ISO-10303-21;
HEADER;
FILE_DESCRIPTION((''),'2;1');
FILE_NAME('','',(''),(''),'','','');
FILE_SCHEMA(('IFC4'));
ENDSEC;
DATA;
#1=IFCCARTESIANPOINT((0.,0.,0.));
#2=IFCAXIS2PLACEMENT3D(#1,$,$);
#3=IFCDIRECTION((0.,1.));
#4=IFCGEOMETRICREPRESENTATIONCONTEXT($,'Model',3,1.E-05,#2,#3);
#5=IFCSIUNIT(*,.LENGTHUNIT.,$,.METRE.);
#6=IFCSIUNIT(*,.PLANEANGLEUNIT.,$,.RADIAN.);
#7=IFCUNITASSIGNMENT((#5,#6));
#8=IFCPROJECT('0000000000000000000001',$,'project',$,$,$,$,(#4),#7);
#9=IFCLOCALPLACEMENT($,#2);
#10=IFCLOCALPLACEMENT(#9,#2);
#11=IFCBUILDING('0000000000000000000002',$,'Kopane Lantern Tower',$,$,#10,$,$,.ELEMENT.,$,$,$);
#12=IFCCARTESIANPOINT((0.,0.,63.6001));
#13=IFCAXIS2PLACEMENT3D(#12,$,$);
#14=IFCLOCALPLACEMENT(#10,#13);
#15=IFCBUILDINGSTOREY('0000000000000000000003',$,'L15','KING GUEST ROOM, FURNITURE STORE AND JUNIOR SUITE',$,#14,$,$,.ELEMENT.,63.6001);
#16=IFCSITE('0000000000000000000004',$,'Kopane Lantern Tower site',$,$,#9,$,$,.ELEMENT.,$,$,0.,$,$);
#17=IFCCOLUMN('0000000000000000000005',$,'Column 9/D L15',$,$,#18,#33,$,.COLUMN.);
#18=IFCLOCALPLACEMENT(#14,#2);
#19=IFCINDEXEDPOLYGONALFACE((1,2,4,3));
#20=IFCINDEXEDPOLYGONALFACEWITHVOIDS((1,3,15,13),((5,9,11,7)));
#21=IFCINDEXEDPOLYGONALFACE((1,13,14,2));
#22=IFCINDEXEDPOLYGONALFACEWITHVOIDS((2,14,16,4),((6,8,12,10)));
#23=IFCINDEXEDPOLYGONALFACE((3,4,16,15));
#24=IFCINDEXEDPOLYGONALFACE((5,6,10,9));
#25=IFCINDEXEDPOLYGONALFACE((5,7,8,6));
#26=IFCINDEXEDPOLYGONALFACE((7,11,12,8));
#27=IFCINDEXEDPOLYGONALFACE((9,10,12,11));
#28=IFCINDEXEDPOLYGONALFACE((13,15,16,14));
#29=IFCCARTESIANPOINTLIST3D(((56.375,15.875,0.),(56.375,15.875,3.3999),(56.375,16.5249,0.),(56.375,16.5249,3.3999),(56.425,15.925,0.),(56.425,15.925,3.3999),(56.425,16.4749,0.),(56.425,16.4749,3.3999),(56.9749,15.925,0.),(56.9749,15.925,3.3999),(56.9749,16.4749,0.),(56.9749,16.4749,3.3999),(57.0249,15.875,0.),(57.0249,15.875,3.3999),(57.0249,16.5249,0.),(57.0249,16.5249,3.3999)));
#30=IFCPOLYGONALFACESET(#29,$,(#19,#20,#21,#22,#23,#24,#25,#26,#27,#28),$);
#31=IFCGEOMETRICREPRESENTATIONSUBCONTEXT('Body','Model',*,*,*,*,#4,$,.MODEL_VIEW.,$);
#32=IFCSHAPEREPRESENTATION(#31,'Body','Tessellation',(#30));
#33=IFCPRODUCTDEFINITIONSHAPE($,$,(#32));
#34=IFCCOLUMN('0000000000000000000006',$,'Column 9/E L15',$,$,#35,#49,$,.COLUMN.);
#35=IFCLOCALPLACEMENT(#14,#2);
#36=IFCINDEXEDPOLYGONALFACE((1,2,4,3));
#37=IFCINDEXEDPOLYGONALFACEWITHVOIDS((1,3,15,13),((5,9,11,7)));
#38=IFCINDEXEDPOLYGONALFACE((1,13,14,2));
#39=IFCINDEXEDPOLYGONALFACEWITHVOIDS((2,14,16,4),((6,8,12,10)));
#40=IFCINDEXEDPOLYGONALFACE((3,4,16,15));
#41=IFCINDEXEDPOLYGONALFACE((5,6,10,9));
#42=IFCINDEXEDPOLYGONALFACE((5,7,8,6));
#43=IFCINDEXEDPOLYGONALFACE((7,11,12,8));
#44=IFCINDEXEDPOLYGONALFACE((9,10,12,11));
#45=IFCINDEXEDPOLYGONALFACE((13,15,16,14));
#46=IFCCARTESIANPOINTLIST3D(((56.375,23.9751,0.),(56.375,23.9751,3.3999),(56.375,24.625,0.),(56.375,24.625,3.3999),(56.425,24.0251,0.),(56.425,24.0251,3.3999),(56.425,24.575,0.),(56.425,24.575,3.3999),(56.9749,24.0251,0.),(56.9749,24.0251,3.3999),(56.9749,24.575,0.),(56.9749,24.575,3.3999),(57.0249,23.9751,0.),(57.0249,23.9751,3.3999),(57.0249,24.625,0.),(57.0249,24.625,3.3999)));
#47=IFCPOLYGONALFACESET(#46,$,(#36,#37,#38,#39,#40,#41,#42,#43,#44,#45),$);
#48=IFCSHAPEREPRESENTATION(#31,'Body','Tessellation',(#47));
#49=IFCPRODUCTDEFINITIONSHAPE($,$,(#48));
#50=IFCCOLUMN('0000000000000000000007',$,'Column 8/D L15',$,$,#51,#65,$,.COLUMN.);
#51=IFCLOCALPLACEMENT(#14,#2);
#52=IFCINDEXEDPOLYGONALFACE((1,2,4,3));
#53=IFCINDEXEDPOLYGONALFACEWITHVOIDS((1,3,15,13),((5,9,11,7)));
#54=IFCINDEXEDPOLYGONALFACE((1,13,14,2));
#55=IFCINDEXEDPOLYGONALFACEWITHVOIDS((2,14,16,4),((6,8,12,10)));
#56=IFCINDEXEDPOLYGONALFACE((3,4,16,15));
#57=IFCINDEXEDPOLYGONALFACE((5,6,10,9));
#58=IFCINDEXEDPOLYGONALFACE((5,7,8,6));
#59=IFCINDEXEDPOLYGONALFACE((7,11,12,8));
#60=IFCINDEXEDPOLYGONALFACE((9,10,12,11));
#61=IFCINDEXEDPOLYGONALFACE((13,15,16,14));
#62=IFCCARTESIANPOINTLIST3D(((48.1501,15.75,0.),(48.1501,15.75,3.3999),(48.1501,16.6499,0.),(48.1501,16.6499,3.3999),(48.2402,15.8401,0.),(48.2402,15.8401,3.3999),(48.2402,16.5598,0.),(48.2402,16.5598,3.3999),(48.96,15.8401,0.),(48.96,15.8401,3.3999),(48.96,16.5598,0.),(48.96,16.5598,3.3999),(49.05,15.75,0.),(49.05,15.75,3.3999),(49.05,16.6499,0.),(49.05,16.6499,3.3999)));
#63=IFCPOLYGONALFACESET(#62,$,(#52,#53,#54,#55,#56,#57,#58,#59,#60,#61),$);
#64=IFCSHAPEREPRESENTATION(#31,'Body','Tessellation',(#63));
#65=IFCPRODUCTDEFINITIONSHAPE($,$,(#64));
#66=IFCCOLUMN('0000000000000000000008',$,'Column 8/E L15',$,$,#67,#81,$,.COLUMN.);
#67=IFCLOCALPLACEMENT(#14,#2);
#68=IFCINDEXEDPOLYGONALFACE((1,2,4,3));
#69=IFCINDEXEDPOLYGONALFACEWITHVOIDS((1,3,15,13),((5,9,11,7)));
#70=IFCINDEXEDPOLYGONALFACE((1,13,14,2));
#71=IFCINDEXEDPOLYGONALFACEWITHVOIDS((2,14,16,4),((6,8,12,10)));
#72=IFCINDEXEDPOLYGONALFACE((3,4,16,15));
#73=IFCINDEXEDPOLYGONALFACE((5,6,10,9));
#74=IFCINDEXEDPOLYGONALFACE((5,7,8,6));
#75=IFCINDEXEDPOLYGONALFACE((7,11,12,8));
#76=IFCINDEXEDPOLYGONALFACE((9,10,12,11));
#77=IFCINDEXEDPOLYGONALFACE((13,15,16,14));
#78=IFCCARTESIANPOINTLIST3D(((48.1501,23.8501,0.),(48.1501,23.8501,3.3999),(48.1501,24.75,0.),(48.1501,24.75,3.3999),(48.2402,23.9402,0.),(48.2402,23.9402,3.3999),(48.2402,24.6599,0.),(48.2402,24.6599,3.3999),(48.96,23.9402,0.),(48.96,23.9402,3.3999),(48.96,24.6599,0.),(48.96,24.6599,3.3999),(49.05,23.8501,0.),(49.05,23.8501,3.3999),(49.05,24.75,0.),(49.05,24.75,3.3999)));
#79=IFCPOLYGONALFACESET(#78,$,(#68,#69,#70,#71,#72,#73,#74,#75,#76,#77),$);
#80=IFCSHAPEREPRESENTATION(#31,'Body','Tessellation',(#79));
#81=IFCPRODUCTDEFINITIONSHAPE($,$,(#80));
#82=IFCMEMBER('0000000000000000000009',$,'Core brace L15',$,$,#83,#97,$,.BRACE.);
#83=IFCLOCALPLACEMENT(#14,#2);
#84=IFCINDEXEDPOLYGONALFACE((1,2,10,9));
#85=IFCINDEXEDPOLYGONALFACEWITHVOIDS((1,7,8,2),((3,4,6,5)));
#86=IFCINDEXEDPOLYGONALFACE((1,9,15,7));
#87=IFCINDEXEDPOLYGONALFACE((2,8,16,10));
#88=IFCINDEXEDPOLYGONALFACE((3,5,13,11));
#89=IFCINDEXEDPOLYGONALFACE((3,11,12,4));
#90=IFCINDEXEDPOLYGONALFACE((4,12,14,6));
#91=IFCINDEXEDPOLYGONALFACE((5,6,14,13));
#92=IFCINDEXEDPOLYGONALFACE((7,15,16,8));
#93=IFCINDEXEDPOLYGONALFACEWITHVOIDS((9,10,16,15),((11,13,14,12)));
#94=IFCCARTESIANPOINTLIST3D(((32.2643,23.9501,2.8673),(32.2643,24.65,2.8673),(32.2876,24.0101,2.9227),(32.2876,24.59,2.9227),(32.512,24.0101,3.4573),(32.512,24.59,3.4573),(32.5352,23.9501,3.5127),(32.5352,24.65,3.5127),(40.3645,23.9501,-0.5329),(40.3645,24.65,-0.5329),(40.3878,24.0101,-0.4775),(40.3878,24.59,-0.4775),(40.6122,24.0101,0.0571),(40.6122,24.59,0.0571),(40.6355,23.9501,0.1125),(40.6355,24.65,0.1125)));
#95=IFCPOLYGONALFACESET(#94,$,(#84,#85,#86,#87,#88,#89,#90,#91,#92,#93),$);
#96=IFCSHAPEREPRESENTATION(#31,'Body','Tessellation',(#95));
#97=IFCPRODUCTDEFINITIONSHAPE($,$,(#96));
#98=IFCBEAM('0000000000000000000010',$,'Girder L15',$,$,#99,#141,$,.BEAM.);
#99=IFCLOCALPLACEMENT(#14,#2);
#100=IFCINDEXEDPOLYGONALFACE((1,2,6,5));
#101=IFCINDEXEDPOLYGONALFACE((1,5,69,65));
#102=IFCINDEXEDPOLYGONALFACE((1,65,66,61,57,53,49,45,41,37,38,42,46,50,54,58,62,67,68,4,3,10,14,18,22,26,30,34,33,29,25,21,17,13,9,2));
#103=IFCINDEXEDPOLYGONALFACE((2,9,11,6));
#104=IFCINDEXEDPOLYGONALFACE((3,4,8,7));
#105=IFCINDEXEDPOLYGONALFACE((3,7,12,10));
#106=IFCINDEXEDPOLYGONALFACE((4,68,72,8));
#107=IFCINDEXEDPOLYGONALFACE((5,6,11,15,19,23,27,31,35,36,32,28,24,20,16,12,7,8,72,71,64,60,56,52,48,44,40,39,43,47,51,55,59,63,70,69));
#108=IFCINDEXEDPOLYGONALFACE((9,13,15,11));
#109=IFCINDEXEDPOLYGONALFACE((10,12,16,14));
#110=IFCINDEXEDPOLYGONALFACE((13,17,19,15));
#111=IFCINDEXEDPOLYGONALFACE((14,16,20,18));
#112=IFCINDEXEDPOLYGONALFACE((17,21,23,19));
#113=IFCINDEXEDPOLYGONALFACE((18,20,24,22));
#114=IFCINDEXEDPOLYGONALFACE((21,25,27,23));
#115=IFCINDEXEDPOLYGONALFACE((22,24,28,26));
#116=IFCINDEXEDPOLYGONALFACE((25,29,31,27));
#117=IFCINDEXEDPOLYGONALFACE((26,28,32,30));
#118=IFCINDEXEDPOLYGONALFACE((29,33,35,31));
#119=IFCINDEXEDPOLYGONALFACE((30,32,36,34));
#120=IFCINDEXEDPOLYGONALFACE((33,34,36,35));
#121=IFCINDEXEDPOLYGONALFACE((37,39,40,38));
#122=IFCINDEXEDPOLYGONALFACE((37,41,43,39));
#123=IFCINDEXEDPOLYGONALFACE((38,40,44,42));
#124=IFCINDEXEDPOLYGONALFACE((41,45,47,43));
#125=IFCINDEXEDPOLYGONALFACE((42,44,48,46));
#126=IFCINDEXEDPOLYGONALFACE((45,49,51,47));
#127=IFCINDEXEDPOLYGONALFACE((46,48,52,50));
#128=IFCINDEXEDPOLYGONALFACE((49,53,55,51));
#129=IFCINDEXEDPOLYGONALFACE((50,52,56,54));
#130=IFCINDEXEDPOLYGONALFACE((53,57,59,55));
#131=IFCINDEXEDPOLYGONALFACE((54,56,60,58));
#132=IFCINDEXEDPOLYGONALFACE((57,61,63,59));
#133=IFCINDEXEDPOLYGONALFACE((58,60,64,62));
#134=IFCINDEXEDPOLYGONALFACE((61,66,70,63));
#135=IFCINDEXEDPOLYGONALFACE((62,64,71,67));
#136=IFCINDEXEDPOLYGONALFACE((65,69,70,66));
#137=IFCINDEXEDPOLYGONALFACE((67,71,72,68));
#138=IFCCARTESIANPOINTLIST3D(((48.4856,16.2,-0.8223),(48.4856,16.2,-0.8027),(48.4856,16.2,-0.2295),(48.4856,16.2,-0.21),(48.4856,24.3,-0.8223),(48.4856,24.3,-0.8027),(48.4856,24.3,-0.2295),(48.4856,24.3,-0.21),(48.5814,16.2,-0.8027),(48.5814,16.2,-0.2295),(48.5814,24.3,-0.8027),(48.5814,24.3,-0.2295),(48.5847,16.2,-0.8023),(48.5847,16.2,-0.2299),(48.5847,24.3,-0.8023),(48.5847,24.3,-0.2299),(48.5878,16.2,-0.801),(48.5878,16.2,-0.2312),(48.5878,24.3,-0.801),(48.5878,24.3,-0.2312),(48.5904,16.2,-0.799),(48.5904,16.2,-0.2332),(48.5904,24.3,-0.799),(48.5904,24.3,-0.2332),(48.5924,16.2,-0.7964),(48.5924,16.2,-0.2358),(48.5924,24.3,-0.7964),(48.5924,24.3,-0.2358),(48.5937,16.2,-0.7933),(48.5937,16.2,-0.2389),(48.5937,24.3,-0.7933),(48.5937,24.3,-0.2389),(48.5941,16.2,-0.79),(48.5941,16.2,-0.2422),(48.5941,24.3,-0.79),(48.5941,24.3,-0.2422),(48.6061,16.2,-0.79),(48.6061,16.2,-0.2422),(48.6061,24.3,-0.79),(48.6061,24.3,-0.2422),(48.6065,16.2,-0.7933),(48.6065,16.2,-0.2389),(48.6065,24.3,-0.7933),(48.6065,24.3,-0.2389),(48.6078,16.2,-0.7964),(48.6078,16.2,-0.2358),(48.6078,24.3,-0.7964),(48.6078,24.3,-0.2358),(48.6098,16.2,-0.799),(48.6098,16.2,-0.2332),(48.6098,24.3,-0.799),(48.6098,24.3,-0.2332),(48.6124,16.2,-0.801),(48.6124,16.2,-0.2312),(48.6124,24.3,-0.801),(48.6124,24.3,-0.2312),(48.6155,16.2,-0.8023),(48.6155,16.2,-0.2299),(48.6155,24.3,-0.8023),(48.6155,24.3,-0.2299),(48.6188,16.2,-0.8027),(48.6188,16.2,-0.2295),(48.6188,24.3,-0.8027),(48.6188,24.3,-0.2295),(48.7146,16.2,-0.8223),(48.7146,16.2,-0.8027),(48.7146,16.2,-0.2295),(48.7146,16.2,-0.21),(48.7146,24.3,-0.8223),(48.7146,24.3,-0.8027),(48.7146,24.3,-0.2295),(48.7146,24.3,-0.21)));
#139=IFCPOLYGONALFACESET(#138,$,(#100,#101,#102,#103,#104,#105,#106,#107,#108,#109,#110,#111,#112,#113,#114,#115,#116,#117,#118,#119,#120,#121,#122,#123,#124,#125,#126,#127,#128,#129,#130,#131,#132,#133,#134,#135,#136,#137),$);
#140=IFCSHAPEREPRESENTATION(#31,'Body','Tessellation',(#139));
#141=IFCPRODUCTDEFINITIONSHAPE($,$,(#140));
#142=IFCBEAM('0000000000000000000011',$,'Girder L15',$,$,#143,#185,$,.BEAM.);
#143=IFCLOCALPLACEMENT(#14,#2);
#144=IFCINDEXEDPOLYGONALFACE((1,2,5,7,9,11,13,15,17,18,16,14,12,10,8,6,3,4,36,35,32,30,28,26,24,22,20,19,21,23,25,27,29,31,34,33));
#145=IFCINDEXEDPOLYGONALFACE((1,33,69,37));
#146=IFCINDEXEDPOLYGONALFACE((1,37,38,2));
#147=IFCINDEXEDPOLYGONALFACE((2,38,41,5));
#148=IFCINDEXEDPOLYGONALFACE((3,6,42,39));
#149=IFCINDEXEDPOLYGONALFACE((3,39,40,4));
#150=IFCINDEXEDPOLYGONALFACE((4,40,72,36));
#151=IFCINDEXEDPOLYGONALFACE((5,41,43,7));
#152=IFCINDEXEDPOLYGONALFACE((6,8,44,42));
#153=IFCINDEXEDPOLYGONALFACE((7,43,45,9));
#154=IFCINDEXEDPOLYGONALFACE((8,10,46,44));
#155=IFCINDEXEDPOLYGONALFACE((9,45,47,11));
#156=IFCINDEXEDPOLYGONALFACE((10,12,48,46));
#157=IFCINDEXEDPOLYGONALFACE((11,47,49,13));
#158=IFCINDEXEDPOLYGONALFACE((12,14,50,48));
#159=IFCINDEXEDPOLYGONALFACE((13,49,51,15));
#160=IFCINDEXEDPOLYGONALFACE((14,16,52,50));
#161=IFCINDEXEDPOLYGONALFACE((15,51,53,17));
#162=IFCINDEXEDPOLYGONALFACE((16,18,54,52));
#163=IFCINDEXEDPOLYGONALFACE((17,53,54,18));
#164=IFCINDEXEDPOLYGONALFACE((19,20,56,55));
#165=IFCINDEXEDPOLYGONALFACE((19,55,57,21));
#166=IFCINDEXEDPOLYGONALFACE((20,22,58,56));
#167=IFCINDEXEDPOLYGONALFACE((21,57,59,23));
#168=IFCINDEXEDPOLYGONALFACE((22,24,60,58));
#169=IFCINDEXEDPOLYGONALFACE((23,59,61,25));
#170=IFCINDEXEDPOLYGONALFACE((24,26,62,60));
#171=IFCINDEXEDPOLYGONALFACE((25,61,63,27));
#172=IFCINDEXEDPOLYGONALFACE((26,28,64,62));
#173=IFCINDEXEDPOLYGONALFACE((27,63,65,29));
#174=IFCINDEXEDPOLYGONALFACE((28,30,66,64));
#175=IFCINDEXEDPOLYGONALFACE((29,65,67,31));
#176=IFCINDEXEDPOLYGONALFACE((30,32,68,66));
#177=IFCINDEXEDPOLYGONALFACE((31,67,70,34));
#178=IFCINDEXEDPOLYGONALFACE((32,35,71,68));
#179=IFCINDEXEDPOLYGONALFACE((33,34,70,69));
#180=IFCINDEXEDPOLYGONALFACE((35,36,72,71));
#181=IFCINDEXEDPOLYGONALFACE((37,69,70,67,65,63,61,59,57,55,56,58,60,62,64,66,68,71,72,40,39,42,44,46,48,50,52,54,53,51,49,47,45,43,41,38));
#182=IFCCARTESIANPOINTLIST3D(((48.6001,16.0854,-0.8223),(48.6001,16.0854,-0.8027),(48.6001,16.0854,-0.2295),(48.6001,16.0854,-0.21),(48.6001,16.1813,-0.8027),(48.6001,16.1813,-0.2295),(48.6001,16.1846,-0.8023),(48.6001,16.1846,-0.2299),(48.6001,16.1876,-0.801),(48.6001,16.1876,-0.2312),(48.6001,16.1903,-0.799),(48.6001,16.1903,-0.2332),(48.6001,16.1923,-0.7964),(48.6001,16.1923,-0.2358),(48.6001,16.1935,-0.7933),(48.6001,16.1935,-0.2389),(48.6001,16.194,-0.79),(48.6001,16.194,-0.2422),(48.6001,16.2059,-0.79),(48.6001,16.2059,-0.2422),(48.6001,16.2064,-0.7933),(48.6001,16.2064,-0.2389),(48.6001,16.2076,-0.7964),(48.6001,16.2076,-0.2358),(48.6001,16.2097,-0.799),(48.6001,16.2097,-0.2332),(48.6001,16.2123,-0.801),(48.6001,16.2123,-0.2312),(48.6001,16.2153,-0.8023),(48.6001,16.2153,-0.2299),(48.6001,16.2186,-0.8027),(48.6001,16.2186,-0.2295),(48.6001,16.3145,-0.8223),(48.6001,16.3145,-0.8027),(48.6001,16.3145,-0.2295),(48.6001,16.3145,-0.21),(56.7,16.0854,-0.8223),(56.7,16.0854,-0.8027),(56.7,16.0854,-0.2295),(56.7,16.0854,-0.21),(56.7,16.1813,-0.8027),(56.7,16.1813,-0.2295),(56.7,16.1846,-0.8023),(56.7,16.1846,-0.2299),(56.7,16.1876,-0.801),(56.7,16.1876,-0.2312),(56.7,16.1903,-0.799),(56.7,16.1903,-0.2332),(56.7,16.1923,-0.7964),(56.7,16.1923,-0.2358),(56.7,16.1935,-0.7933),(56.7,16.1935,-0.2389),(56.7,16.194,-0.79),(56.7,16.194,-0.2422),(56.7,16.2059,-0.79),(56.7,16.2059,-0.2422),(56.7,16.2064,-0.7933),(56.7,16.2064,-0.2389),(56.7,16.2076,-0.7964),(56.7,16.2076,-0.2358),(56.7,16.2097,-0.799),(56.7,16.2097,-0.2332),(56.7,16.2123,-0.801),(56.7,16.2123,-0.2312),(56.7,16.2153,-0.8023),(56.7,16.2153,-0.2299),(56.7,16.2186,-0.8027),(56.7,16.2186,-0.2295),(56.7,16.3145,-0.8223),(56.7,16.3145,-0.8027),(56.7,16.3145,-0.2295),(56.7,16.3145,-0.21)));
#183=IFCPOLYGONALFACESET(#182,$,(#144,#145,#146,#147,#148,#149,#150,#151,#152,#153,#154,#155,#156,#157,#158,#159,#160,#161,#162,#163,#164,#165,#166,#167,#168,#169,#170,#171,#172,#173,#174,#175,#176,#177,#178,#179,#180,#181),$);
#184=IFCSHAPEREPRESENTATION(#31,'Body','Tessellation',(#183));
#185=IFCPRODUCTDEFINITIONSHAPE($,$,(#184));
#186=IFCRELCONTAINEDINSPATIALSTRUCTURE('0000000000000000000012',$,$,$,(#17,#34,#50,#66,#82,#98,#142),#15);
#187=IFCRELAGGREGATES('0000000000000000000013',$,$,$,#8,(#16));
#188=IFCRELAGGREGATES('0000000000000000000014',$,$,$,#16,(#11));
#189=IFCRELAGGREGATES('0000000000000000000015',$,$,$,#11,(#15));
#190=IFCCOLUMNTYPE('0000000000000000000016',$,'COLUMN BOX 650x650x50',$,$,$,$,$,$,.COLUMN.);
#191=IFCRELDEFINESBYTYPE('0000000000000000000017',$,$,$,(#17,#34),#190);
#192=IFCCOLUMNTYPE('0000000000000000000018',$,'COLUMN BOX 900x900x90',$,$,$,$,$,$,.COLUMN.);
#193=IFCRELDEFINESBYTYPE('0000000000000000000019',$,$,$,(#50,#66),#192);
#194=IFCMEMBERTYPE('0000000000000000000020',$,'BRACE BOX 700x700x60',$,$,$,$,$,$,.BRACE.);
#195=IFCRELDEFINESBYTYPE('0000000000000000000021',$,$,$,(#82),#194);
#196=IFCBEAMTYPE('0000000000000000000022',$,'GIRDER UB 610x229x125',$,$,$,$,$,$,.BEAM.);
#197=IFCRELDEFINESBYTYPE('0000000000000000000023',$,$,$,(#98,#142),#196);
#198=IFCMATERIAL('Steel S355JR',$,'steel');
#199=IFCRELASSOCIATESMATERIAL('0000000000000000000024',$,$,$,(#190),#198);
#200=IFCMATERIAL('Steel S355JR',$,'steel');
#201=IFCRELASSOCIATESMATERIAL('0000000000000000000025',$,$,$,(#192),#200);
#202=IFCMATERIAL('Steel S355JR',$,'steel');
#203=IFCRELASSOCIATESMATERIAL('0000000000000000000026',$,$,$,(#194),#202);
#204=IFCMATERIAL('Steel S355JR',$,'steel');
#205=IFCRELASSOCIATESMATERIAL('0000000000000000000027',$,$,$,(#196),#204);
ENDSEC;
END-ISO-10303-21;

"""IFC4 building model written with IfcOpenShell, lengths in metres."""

from ifc_helpers import new_model, si_unit, direction, frame, origin, origin_2d, place, context, subcontext, project, spatial, hollow_rectangle, i_section, extrude, material, material_profile, profile_set, type_object, element, save


model = new_model("IFC4")

# Units and contexts
model_context = context("Model", 3, precision=1e-05, world=origin(), true_north=direction((0.0, 1.0)))
body_context = subcontext(model_context, "Body", "Model", "MODEL_VIEW")
ifc_project = project(units=[si_unit("LENGTHUNIT", "METRE"), si_unit("PLANEANGLEUNIT", "RADIAN")], contexts=[model_context])

# Site, building, storey
site_placement = place(None, origin())
site = spatial("IfcSite", under=ifc_project, at=site_placement, Name="Kopane Lantern Tower site", CompositionType="ELEMENT", RefElevation=0.0)
building_placement = place(site_placement, origin())
building = spatial("IfcBuilding", under=site, at=building_placement, Name="Kopane Lantern Tower", CompositionType="ELEMENT")
storey_placement = place(building_placement, frame((0.0, 0.0, 63.6001)))
storey = spatial("IfcBuildingStorey", under=building, at=storey_placement, Name="L15", Description="KING GUEST ROOM, FURNITURE STORE AND JUNIOR SUITE", CompositionType="ELEMENT", Elevation=63.6001)

# Columns
ifc_material_1 = material(Name="Steel S355JR", Category="steel")
ifc_material_profile_1 = material_profile(ifc_material_1, hollow_rectangle(XDim=0.6499, YDim=0.6499, WallThickness=0.05, at=origin_2d()), Name="BOX 650x650x50")
ifc_profile_set_1 = profile_set([ifc_material_profile_1], Name="Steel S355JR")
column_type_1 = type_object("IfcColumnType", Name="COLUMN BOX 650x650x50", PredefinedType="COLUMN", material=ifc_profile_set_1)
for number, where, z_axis, x_axis, name in (
    (1, (56.7, 16.2, 0.0), (0.0, 0.0, 1.0), (1.0, 0.0, 0.0), "Column 9/D L15"),
    (2, (56.7, 24.3, 0.0), (0.0, 0.0, 1.0), (1.0, 0.0, 0.0), "Column 9/E L15"),
):
    element("IfcColumn", number, at=place(storey_placement, frame(where, z_axis=z_axis, x_axis=x_axis)), inside=storey, type_object=column_type_1, Name=name, PredefinedType="COLUMN", context=body_context, shape_type="SweptSolid", body=[
        extrude(hollow_rectangle(XDim=0.6499, YDim=0.6499, WallThickness=0.05, at=origin_2d()), origin(), (0.0, 0.0, 1.0), 3.3999),
    ])
ifc_material_2 = material(Name="Steel S355JR", Category="steel")
ifc_material_profile_2 = material_profile(ifc_material_2, hollow_rectangle(XDim=0.8999, YDim=0.8999, WallThickness=0.0901, at=origin_2d()), Name="BOX 900x900x90")
ifc_profile_set_2 = profile_set([ifc_material_profile_2], Name="Steel S355JR")
column_type_2 = type_object("IfcColumnType", Name="COLUMN BOX 900x900x90", PredefinedType="COLUMN", material=ifc_profile_set_2)
for number, where, z_axis, x_axis, name in (
    (3, (48.6001, 16.2, 0.0), (0.0, 0.0, 1.0), (1.0, 0.0, 0.0), "Column 8/D L15"),
    (4, (48.6001, 24.3, 0.0), (0.0, 0.0, 1.0), (1.0, 0.0, 0.0), "Column 8/E L15"),
):
    element("IfcColumn", number, at=place(storey_placement, frame(where, z_axis=z_axis, x_axis=x_axis)), inside=storey, type_object=column_type_2, Name=name, PredefinedType="COLUMN", context=body_context, shape_type="SweptSolid", body=[
        extrude(hollow_rectangle(XDim=0.8999, YDim=0.8999, WallThickness=0.0901, at=origin_2d()), origin(), (0.0, 0.0, 1.0), 3.3999),
    ])

# Member
ifc_material_3 = material(Name="Steel S355JR", Category="steel")
ifc_material_profile_3 = material_profile(ifc_material_3, hollow_rectangle(XDim=0.7, YDim=0.7, WallThickness=0.0601, at=origin_2d()), Name="BOX 700x700x60")
ifc_profile_set_3 = profile_set([ifc_material_profile_3], Name="Steel S355JR")
member_type = type_object("IfcMemberType", Name="BRACE BOX 700x700x60", PredefinedType="BRACE", material=ifc_profile_set_3)
member_placement = place(storey_placement, frame((40.5, 24.3, -0.2102), z_axis=(-0.922059, 0.0, 0.387049), x_axis=(0.0, -1.0, 0.0)))
element("IfcMember", 5, at=member_placement, inside=storey, type_object=member_type, Name="Core brace L15", PredefinedType="BRACE", context=body_context, shape_type="SweptSolid", body=[
    extrude(hollow_rectangle(XDim=0.7, YDim=0.7, WallThickness=0.0601, at=origin_2d()), origin(), (0.0, 0.0, 1.0), 8.7849),
])

# Beams
ifc_material_4 = material(Name="Steel S355JR", Category="steel")
ifc_material_profile_4 = material_profile(ifc_material_4, i_section(OverallWidth=0.229, OverallDepth=0.6123, WebThickness=0.012, FlangeThickness=0.0195, FilletRadius=0.0127, at=origin_2d()), Name="UB 610x229x125")
ifc_profile_set_4 = profile_set([ifc_material_profile_4], Name="Steel S355JR")
beam_type = type_object("IfcBeamType", Name="GIRDER UB 610x229x125", PredefinedType="BEAM", material=ifc_profile_set_4)
beam_1_placement = place(storey_placement, frame((48.6001, 16.2, -0.5161), z_axis=(0.0, 1.0, 0.0), x_axis=(-1.0, 0.0, 0.0)))
element("IfcBeam", 6, at=beam_1_placement, inside=storey, type_object=beam_type, Name="Girder L15", PredefinedType="BEAM", context=body_context, shape_type="SweptSolid", body=[
    extrude(i_section(OverallWidth=0.229, OverallDepth=0.6123, WebThickness=0.012, FlangeThickness=0.0195, FilletRadius=0.0127, at=origin_2d()), origin(), (0.0, 0.0, 1.0), 8.1001),
])
for number, where, z_axis, x_axis, name in (
    (7, (48.6001, 16.2, -0.5161), (1.0, 0.0, 0.0), (0.0, 1.0, 0.0), "Girder L15"),
):
    element("IfcBeam", number, at=place(storey_placement, frame(where, z_axis=z_axis, x_axis=x_axis)), inside=storey, type_object=beam_type, Name=name, PredefinedType="BEAM", context=body_context, shape_type="SweptSolid", body=[
        extrude(i_section(OverallWidth=0.229, OverallDepth=0.6123, WebThickness=0.012, FlangeThickness=0.0195, FilletRadius=0.0127, at=origin_2d()), origin(), (0.0, 0.0, 1.0), 8.0999),
    ])

save(model, "model.ifc")
